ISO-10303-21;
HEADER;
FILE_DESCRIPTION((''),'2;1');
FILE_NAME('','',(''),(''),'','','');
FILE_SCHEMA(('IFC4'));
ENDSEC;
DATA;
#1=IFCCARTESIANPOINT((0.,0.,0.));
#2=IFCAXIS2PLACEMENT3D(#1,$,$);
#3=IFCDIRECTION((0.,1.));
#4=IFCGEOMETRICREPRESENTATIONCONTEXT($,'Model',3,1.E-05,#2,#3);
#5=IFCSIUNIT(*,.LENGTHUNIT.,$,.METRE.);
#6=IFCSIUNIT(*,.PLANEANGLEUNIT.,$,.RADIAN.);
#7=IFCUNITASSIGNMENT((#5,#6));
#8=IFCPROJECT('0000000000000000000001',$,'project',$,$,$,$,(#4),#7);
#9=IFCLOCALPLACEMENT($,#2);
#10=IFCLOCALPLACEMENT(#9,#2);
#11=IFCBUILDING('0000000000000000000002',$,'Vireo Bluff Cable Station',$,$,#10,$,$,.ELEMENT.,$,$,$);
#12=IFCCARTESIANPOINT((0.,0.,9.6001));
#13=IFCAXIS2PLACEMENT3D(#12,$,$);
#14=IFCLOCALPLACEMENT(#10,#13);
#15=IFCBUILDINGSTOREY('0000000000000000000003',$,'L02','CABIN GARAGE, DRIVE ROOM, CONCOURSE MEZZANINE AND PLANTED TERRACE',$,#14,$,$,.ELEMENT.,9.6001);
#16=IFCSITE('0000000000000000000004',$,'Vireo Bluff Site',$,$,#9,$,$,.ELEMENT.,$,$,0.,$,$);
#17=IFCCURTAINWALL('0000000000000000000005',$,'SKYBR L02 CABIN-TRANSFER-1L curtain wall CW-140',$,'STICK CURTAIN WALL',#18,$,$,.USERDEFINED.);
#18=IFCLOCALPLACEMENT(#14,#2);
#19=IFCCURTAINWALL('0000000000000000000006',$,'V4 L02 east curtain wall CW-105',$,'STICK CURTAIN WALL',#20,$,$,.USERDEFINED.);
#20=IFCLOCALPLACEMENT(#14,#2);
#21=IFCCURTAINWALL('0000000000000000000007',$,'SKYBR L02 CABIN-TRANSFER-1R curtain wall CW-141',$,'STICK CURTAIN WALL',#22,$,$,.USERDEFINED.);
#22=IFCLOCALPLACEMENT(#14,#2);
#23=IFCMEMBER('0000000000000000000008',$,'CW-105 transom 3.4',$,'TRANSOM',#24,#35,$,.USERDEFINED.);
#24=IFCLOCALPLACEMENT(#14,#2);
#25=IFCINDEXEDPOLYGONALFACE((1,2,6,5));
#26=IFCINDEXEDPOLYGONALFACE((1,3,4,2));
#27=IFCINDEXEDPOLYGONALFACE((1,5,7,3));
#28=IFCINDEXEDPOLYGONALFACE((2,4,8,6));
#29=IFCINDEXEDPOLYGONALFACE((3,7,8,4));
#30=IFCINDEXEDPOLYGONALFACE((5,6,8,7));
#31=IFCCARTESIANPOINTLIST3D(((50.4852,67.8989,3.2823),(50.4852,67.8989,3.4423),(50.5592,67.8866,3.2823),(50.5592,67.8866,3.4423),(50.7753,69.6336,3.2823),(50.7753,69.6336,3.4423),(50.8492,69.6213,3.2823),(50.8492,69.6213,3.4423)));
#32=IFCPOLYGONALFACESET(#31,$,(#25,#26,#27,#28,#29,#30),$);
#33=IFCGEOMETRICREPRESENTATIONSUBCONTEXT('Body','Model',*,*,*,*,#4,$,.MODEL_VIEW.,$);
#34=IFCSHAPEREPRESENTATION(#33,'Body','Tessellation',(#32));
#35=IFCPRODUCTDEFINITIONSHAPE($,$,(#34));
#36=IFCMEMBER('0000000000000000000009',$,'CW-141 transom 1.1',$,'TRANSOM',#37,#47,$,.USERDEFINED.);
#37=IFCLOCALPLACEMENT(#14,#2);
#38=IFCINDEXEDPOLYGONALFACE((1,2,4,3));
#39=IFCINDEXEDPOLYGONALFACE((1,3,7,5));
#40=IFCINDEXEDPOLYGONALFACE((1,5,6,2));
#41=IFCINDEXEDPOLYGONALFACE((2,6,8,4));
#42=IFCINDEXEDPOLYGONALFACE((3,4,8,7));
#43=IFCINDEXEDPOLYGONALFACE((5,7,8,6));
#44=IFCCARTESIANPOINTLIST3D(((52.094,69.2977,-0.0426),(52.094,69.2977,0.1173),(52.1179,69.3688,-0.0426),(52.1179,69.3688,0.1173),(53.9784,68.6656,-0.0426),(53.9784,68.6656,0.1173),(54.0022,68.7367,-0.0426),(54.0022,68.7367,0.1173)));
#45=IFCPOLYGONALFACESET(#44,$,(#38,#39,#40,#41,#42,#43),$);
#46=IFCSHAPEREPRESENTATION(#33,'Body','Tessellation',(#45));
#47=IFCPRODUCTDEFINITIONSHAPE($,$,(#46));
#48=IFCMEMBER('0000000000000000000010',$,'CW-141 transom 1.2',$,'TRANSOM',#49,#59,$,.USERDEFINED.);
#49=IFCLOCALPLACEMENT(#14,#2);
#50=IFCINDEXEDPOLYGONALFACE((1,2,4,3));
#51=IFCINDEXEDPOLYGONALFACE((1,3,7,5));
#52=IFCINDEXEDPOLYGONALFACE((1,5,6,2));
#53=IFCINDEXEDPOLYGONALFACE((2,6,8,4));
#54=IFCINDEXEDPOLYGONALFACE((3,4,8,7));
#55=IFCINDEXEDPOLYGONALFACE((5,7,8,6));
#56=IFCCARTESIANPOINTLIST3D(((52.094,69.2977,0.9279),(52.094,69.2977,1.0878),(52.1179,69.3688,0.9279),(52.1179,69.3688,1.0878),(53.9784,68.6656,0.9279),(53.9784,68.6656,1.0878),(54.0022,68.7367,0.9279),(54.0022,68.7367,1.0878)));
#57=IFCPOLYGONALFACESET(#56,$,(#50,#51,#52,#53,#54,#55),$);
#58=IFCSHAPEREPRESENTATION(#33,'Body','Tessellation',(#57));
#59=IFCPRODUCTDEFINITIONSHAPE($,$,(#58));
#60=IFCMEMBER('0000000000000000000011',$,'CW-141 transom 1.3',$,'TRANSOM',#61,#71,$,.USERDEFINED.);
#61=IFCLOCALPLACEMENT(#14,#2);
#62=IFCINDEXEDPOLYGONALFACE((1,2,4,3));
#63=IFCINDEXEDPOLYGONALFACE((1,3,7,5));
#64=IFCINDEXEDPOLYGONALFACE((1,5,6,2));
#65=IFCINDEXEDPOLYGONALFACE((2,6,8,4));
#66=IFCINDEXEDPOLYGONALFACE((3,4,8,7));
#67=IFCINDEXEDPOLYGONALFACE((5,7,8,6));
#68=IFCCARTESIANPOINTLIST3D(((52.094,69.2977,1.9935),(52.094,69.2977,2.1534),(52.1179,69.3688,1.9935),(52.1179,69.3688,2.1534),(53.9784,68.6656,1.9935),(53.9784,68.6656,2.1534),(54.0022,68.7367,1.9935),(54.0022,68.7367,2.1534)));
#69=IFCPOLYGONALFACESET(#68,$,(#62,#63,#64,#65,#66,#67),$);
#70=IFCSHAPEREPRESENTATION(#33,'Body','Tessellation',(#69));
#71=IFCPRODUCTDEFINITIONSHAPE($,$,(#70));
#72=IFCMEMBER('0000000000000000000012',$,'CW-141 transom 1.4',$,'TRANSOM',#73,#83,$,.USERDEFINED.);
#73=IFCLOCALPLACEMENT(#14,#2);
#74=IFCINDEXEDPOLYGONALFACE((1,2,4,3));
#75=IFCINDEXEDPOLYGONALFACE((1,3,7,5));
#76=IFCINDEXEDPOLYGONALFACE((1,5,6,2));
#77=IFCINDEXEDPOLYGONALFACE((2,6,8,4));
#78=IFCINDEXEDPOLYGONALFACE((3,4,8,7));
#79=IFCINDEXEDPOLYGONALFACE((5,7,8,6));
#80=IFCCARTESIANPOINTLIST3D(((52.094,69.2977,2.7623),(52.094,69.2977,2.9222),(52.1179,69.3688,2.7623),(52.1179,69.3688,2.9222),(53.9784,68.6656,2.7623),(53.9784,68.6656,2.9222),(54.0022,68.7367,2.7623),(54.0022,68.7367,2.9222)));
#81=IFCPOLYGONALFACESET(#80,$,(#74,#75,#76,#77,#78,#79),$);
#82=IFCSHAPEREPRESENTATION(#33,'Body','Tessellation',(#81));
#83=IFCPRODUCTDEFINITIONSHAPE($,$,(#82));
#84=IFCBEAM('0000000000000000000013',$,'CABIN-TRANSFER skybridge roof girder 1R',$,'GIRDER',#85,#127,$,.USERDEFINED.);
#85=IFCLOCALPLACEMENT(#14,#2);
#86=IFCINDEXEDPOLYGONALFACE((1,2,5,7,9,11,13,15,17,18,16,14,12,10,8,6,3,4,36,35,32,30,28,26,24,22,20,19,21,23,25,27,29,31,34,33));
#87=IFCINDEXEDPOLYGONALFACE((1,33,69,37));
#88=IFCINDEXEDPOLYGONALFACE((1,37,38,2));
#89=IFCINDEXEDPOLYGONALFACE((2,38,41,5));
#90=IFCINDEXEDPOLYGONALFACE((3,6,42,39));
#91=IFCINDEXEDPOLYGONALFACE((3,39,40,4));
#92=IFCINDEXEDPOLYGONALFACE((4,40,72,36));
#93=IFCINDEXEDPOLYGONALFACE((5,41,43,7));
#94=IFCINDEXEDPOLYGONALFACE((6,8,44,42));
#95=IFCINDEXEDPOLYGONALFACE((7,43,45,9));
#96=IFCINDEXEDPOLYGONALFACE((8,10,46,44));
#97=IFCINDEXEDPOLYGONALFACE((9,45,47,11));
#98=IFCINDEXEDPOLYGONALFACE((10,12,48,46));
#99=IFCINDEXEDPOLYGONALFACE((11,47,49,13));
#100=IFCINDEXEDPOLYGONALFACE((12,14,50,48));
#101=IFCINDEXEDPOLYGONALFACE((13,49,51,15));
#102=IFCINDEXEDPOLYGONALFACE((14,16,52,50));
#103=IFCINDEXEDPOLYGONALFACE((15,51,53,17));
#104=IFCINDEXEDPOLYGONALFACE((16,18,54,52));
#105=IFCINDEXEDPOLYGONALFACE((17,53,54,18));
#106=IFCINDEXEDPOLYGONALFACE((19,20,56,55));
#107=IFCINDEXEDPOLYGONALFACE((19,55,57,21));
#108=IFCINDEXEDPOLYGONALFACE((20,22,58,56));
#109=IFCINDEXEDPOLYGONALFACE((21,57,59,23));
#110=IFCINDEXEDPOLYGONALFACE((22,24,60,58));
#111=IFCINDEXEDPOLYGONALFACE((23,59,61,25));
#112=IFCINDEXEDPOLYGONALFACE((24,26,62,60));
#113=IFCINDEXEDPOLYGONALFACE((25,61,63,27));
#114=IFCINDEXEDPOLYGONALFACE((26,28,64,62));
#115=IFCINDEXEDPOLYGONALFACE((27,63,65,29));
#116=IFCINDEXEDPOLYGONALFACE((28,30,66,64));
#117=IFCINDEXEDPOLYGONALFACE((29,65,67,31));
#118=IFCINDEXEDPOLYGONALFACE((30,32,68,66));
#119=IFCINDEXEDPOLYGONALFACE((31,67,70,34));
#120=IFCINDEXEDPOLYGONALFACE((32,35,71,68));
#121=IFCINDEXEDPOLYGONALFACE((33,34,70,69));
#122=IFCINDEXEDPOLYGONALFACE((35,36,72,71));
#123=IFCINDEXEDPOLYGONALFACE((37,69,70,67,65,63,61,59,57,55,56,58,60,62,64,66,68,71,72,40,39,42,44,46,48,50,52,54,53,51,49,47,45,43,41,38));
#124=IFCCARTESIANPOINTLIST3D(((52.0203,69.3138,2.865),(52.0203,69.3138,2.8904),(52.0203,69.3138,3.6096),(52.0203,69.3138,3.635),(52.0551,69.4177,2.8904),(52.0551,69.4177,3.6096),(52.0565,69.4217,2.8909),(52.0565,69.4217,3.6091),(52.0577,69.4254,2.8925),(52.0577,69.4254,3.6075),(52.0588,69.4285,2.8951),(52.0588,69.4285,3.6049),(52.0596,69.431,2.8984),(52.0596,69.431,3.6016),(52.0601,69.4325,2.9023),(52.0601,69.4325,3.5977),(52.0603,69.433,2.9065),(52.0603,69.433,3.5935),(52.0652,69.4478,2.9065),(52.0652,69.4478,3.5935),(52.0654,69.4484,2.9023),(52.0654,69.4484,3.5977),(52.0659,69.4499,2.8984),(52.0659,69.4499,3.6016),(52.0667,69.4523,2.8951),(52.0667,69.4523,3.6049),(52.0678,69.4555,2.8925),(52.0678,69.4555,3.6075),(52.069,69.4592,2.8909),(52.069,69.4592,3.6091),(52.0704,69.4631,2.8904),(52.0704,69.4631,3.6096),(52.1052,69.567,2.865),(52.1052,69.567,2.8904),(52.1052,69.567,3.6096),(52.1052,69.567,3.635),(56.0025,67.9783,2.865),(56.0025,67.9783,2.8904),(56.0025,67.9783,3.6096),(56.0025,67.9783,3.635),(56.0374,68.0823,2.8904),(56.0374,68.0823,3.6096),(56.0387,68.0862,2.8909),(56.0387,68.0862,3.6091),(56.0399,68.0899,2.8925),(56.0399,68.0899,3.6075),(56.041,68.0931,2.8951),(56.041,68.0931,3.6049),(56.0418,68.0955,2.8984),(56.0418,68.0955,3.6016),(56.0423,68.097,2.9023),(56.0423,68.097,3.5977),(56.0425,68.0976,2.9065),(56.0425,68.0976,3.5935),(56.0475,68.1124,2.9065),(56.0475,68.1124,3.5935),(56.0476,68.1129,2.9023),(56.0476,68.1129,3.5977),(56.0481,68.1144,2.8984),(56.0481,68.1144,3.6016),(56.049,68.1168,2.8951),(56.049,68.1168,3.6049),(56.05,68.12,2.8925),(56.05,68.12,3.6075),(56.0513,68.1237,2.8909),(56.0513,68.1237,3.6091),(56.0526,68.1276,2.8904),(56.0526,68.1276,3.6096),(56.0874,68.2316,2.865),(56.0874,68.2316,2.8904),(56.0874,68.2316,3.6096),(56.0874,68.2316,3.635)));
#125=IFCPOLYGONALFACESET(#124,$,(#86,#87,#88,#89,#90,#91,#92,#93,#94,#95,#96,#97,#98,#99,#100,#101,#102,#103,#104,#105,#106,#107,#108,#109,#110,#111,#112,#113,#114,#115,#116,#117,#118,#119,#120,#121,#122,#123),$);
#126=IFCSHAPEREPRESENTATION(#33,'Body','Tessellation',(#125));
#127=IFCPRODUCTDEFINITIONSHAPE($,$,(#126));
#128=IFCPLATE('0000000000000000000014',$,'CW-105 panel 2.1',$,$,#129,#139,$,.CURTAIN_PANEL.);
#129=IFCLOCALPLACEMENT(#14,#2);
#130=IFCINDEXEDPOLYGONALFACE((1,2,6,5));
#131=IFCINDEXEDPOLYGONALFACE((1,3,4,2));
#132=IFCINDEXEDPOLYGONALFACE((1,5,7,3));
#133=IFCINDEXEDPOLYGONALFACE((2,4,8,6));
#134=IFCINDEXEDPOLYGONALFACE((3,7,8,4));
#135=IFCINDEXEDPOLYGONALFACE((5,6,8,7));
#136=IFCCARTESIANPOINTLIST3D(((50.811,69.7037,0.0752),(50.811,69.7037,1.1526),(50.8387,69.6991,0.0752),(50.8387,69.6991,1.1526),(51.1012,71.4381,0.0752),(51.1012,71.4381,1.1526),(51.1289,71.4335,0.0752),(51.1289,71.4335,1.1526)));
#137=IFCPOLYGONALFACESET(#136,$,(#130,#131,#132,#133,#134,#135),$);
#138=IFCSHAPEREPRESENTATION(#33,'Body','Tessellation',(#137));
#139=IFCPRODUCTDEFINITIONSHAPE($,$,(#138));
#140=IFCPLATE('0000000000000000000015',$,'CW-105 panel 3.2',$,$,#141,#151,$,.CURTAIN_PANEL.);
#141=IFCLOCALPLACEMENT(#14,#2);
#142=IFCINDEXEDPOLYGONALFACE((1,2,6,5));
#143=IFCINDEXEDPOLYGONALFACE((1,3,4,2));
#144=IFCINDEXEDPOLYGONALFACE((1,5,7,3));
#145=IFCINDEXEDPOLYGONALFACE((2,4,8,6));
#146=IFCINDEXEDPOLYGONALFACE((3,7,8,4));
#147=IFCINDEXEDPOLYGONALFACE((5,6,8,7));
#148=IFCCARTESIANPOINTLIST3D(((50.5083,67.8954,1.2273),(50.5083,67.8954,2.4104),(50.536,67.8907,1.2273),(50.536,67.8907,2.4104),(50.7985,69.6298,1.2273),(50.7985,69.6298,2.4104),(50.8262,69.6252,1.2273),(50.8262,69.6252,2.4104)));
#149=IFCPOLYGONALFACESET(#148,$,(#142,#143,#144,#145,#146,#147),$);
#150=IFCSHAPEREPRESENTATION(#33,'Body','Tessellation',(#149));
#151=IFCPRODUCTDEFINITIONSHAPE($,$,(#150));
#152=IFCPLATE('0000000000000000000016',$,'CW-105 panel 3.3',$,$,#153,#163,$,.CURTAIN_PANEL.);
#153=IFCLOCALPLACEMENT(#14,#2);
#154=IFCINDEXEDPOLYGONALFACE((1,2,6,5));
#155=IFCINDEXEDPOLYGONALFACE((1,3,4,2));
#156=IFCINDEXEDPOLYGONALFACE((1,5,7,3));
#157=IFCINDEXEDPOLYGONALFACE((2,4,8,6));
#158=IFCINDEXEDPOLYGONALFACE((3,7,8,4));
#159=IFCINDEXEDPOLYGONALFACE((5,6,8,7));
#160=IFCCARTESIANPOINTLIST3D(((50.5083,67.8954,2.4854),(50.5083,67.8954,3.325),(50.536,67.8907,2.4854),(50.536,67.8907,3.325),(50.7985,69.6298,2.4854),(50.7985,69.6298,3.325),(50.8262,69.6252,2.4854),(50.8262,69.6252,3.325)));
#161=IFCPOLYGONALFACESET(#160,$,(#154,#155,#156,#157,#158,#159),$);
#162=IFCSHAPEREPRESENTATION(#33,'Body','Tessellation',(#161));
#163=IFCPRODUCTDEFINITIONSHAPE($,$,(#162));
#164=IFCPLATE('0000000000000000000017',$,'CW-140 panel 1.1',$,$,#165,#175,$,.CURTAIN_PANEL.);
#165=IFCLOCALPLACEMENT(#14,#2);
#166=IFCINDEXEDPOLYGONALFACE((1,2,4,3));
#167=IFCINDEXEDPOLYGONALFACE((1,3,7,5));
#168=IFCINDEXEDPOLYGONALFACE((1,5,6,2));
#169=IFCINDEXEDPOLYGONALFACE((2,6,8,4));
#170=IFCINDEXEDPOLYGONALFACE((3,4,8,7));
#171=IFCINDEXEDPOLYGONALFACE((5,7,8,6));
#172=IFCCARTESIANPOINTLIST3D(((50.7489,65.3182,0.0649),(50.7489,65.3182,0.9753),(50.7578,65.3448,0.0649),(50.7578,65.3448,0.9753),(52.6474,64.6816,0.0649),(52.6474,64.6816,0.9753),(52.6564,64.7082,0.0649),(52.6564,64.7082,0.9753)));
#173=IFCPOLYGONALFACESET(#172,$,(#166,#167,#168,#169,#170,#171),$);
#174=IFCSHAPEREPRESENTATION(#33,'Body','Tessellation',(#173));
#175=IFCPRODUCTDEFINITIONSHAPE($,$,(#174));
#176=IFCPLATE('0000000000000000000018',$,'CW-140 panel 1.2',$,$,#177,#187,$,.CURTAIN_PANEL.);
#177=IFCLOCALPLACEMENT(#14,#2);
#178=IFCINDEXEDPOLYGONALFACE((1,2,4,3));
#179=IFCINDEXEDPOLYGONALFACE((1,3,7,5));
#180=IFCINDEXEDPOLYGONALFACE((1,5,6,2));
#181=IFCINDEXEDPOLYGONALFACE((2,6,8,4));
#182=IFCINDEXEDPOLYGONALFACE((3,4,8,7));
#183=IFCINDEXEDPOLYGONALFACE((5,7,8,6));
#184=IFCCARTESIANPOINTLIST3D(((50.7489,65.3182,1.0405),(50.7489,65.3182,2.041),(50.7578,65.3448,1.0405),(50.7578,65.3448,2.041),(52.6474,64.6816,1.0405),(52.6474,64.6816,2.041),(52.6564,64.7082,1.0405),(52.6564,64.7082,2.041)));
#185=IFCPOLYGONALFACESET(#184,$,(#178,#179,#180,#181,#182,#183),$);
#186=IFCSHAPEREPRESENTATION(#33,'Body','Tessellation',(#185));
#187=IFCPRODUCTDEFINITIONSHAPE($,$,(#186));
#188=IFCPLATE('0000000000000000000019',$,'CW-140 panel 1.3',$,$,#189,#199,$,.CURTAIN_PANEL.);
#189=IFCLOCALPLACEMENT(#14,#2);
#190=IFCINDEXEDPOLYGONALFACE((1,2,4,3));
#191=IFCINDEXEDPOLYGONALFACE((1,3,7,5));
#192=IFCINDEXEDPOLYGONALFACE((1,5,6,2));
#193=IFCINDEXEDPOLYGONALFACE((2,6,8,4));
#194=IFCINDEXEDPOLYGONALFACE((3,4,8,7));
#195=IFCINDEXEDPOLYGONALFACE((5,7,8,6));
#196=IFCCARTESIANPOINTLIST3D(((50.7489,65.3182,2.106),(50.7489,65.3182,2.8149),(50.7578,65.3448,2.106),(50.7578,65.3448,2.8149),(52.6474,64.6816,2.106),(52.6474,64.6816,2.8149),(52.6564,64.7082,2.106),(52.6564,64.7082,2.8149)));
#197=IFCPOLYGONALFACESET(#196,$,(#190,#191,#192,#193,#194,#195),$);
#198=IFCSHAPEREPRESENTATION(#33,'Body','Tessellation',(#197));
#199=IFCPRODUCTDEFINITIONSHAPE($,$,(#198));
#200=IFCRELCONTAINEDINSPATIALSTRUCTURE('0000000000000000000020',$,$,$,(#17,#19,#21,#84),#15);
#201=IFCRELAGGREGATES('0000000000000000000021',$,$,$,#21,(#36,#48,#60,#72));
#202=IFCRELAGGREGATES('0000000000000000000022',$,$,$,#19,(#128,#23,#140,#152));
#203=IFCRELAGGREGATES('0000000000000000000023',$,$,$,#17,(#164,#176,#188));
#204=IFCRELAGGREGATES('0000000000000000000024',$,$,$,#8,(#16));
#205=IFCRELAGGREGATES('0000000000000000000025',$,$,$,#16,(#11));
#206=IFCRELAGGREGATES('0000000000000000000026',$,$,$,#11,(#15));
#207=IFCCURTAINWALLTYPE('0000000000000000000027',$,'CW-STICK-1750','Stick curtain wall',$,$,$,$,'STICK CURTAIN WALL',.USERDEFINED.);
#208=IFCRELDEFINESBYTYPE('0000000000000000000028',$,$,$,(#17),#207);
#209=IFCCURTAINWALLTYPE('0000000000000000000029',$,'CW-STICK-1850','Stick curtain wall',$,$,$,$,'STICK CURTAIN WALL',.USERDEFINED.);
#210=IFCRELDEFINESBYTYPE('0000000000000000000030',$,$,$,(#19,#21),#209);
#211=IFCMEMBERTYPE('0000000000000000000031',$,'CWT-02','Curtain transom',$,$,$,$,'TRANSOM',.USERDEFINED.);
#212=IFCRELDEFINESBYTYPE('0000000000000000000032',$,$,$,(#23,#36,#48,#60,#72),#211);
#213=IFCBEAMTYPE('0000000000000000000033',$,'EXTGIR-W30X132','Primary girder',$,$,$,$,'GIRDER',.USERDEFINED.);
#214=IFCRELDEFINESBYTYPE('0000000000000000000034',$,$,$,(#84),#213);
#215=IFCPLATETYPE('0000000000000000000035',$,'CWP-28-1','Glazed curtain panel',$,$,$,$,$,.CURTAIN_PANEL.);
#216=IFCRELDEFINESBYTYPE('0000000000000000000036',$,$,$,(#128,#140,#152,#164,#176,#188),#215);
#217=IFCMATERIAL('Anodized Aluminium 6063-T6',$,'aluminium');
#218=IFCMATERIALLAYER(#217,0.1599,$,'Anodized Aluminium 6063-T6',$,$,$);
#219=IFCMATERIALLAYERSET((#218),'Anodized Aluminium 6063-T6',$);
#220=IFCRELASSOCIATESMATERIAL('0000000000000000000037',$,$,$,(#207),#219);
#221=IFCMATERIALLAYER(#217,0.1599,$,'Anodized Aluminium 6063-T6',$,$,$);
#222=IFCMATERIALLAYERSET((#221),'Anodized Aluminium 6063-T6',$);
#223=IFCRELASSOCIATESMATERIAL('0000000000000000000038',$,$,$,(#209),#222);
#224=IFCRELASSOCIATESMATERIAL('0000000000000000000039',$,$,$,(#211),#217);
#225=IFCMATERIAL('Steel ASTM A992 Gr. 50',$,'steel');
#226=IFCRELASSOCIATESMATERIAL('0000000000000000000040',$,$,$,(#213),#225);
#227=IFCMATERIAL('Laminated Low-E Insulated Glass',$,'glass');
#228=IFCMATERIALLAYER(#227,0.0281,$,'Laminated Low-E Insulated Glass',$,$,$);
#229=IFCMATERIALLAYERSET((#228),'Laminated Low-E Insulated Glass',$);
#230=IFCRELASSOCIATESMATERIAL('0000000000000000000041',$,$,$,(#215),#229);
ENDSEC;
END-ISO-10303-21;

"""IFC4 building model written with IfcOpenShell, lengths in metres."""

from ifc_helpers import new_model, si_unit, direction, frame, origin, origin_2d, place, context, subcontext, project, spatial, rectangle, i_section, extrude, material, layer, layer_set, material_profile, profile_set, type_object, element, aggregate, save


model = new_model("IFC4")

# Units and contexts
model_context = context("Model", 3, precision=1e-05, world=origin(), true_north=direction((0.0, 1.0)))
body_context = subcontext(model_context, "Body", "Model", "MODEL_VIEW")
ifc_project = project(units=[si_unit("LENGTHUNIT", "METRE"), si_unit("PLANEANGLEUNIT", "RADIAN")], contexts=[model_context])

# Site, building, storey
site_placement = place(None, origin())
site = spatial("IfcSite", under=ifc_project, at=site_placement, Name="Vireo Bluff Site", CompositionType="ELEMENT", RefElevation=0.0)
building_placement = place(site_placement, origin())
building = spatial("IfcBuilding", under=site, at=building_placement, Name="Vireo Bluff Cable Station", CompositionType="ELEMENT")
storey_placement = place(building_placement, frame((0.0, 0.0, 9.6001)))
storey = spatial("IfcBuildingStorey", under=building, at=storey_placement, Name="L02", Description="CABIN GARAGE, DRIVE ROOM, CONCOURSE MEZZANINE AND PLANTED TERRACE", CompositionType="ELEMENT", Elevation=9.6001)

# Shared definitions
ifc_material_1 = material(Name="Steel ASTM A992 Gr. 50", Category="steel")

# Curtain walls
ifc_material_2 = material(Name="Anodized Aluminium 6063-T6", Category="aluminium")
ifc_layer_1 = layer(ifc_material_2, 0.1599, Name="Anodized Aluminium 6063-T6")
ifc_layer_set_1 = layer_set([ifc_layer_1], Name="Anodized Aluminium 6063-T6")
curtain_wall_type_1 = type_object("IfcCurtainWallType", Name="CW-STICK-1750", Description="Stick curtain wall", ElementType="STICK CURTAIN WALL", PredefinedType="USERDEFINED", material=ifc_layer_set_1)
curtain_wall_1_placement = place(storey_placement, origin())
curtain_wall_1 = element("IfcCurtainWall", 1, at=curtain_wall_1_placement, inside=storey, type_object=curtain_wall_type_1, Name="SKYBR L02 CABIN-TRANSFER-1L curtain wall CW-140", ObjectType="STICK CURTAIN WALL", PredefinedType="USERDEFINED")
ifc_layer_2 = layer(ifc_material_2, 0.1599, Name="Anodized Aluminium 6063-T6")
ifc_layer_set_2 = layer_set([ifc_layer_2], Name="Anodized Aluminium 6063-T6")
curtain_wall_type_2 = type_object("IfcCurtainWallType", Name="CW-STICK-1850", Description="Stick curtain wall", ElementType="STICK CURTAIN WALL", PredefinedType="USERDEFINED", material=ifc_layer_set_2)
curtain_wall_2_placement = place(storey_placement, origin())
curtain_wall_2 = element("IfcCurtainWall", 2, at=curtain_wall_2_placement, inside=storey, type_object=curtain_wall_type_2, Name="V4 L02 east curtain wall CW-105", ObjectType="STICK CURTAIN WALL", PredefinedType="USERDEFINED")
curtain_wall_3_placement = place(storey_placement, origin())
curtain_wall_3 = element("IfcCurtainWall", 3, at=curtain_wall_3_placement, inside=storey, type_object=curtain_wall_type_2, Name="SKYBR L02 CABIN-TRANSFER-1R curtain wall CW-141", ObjectType="STICK CURTAIN WALL", PredefinedType="USERDEFINED")

# Members
ifc_material_profile_1 = material_profile(ifc_material_2, rectangle(XDim=0.075, YDim=0.1599, at=origin_2d()), Name="ALU-T-75X160")
ifc_profile_set_1 = profile_set([ifc_material_profile_1], Name="Anodized Aluminium 6063-T6")
member_type_1 = type_object("IfcMemberType", Name="CWT-02", Description="Curtain transom", ElementType="TRANSOM", PredefinedType="USERDEFINED", material=ifc_profile_set_1)
member_1_placement = place(storey_placement, frame((50.8123, 69.6274, 3.3623), z_axis=(-0.164917, -0.986307, 0.0), x_axis=(0.986307, -0.164917, 0.0)))
member_1 = element("IfcMember", 4, at=member_1_placement, type_object=member_type_1, Name="CW-105 transom 3.4", ObjectType="TRANSOM", PredefinedType="USERDEFINED", context=body_context, shape_type="SweptSolid", body=[
    extrude(rectangle(XDim=0.075, YDim=0.1599, at=origin_2d()), origin(), (0.0, 0.0, 1.0), 1.7588),
])
member_2_placement = place(storey_placement, frame((52.106, 69.3333, 0.0374), z_axis=(0.94808, -0.318033, 0.0), x_axis=(0.318033, 0.94808, 0.0)))
member_2 = element("IfcMember", 5, at=member_2_placement, type_object=member_type_1, Name="CW-141 transom 1.1", ObjectType="TRANSOM", PredefinedType="USERDEFINED", context=body_context, shape_type="SweptSolid", body=[
    extrude(rectangle(XDim=0.075, YDim=0.1599, at=origin_2d()), origin(), (0.0, 0.0, 1.0), 1.9875),
])
member_3_placement = place(storey_placement, frame((52.106, 69.3333, 1.0078), z_axis=(0.94808, -0.318033, 0.0), x_axis=(0.318033, 0.94808, 0.0)))
member_3 = element("IfcMember", 6, at=member_3_placement, type_object=member_type_1, Name="CW-141 transom 1.2", ObjectType="TRANSOM", PredefinedType="USERDEFINED", context=body_context, shape_type="SweptSolid", body=[
    extrude(rectangle(XDim=0.075, YDim=0.1599, at=origin_2d()), origin(), (0.0, 0.0, 1.0), 1.9875),
])
member_4_placement = place(storey_placement, frame((52.106, 69.3333, 2.0735), z_axis=(0.94808, -0.318033, 0.0), x_axis=(0.318033, 0.94808, 0.0)))
member_4 = element("IfcMember", 7, at=member_4_placement, type_object=member_type_1, Name="CW-141 transom 1.3", ObjectType="TRANSOM", PredefinedType="USERDEFINED", context=body_context, shape_type="SweptSolid", body=[
    extrude(rectangle(XDim=0.075, YDim=0.1599, at=origin_2d()), origin(), (0.0, 0.0, 1.0), 1.9875),
])
member_5_placement = place(storey_placement, frame((52.106, 69.3333, 2.8423), z_axis=(0.94808, -0.318033, 0.0), x_axis=(0.318033, 0.94808, 0.0)))
member_5 = element("IfcMember", 8, at=member_5_placement, type_object=member_type_1, Name="CW-141 transom 1.4", ObjectType="TRANSOM", PredefinedType="USERDEFINED", context=body_context, shape_type="SweptSolid", body=[
    extrude(rectangle(XDim=0.075, YDim=0.1599, at=origin_2d()), origin(), (0.0, 0.0, 1.0), 1.9875),
])
aggregate(curtain_wall_3, [member_2, member_3, member_4, member_5])

# Beam
ifc_material_profile_2 = material_profile(ifc_material_1, i_section(OverallWidth=0.2671, OverallDepth=0.77, WebThickness=0.0156, FlangeThickness=0.0254, FilletRadius=0.0161, at=origin_2d()), Name="W30X132")
ifc_profile_set_2 = profile_set([ifc_material_profile_2], Name="Steel ASTM A992 Gr. 50")
beam_type = type_object("IfcBeamType", Name="EXTGIR-W30X132", Description="Primary girder", ElementType="GIRDER", PredefinedType="USERDEFINED", material=ifc_profile_set_2)
beam_placement = place(storey_placement, frame((52.0627, 69.4404, 3.25), z_axis=(0.948106, -0.317954, 0.0), x_axis=(0.317954, 0.948106, 0.0)))
element("IfcBeam", 9, at=beam_placement, inside=storey, type_object=beam_type, Name="CABIN-TRANSFER skybridge roof girder 1R", ObjectType="GIRDER", PredefinedType="USERDEFINED", context=body_context, shape_type="SweptSolid", body=[
    extrude(i_section(OverallWidth=0.2671, OverallDepth=0.77, WebThickness=0.0156, FlangeThickness=0.0254, FilletRadius=0.0161, at=origin_2d()), origin(), (0.0, 0.0, 1.0), 4.2002),
])

# Plates
ifc_material_3 = material(Name="Laminated Low-E Insulated Glass", Category="glass")
ifc_layer_3 = layer(ifc_material_3, 0.0281, Name="Laminated Low-E Insulated Glass")
ifc_layer_set_3 = layer_set([ifc_layer_3], Name="Laminated Low-E Insulated Glass")
plate_type_1 = type_object("IfcPlateType", Name="CWP-28-1", Description="Glazed curtain panel", PredefinedType="CURTAIN_PANEL", material=ifc_layer_set_3)
plate_1_placement = place(storey_placement, frame((50.97, 70.5686, 0.0752), z_axis=(0.0, 0.0, 1.0), x_axis=(-0.165048, -0.986286, 0.0)))
plate_1 = element("IfcPlate", 10, at=plate_1_placement, type_object=plate_type_1, Name="CW-105 panel 2.1", PredefinedType="CURTAIN_PANEL", context=body_context, shape_type="SweptSolid", body=[
    extrude(rectangle(XDim=1.7585, YDim=0.0281, at=origin_2d()), origin(), (0.0, 0.0, 1.0), 1.0774),
])
plate_2_placement = place(storey_placement, frame((50.6672, 68.7603, 1.2273), z_axis=(0.0, 0.0, 1.0), x_axis=(-0.165048, -0.986286, 0.0)))
plate_2 = element("IfcPlate", 11, at=plate_2_placement, type_object=plate_type_1, Name="CW-105 panel 3.2", PredefinedType="CURTAIN_PANEL", context=body_context, shape_type="SweptSolid", body=[
    extrude(rectangle(XDim=1.7585, YDim=0.0281, at=origin_2d()), origin(), (0.0, 0.0, 1.0), 1.1831),
])
plate_3_placement = place(storey_placement, frame((50.6672, 68.7603, 2.4854), z_axis=(0.0, 0.0, 1.0), x_axis=(-0.165048, -0.986286, 0.0)))
plate_3 = element("IfcPlate", 12, at=plate_3_placement, type_object=plate_type_1, Name="CW-105 panel 3.3", PredefinedType="CURTAIN_PANEL", context=body_context, shape_type="SweptSolid", body=[
    extrude(rectangle(XDim=1.7585, YDim=0.0281, at=origin_2d()), origin(), (0.0, 0.0, 1.0), 0.8396),
])
aggregate(curtain_wall_2, [plate_1, member_1, plate_2, plate_3])
plate_4_placement = place(storey_placement, frame((51.7026, 65.0132, 0.0649), z_axis=(0.0, 0.0, 1.0), x_axis=(0.948115, -0.317927, 0.0)))
plate_4 = element("IfcPlate", 13, at=plate_4_placement, type_object=plate_type_1, Name="CW-140 panel 1.1", PredefinedType="CURTAIN_PANEL", context=body_context, shape_type="SweptSolid", body=[
    extrude(rectangle(XDim=2.0024, YDim=0.0281, at=origin_2d()), origin(), (0.0, 0.0, 1.0), 0.9104),
])
plate_5_placement = place(storey_placement, frame((51.7026, 65.0132, 1.0405), z_axis=(0.0, 0.0, 1.0), x_axis=(0.948115, -0.317927, 0.0)))
plate_5 = element("IfcPlate", 14, at=plate_5_placement, type_object=plate_type_1, Name="CW-140 panel 1.2", PredefinedType="CURTAIN_PANEL", context=body_context, shape_type="SweptSolid", body=[
    extrude(rectangle(XDim=2.0024, YDim=0.0281, at=origin_2d()), origin(), (0.0, 0.0, 1.0), 1.0005),
])
plate_6_placement = place(storey_placement, frame((51.7026, 65.0132, 2.106), z_axis=(0.0, 0.0, 1.0), x_axis=(0.948115, -0.317927, 0.0)))
plate_6 = element("IfcPlate", 15, at=plate_6_placement, type_object=plate_type_1, Name="CW-140 panel 1.3", PredefinedType="CURTAIN_PANEL", context=body_context, shape_type="SweptSolid", body=[
    extrude(rectangle(XDim=2.0024, YDim=0.0281, at=origin_2d()), origin(), (0.0, 0.0, 1.0), 0.709),
])
aggregate(curtain_wall_1, [plate_4, plate_5, plate_6])

save(model, "model.ifc")
